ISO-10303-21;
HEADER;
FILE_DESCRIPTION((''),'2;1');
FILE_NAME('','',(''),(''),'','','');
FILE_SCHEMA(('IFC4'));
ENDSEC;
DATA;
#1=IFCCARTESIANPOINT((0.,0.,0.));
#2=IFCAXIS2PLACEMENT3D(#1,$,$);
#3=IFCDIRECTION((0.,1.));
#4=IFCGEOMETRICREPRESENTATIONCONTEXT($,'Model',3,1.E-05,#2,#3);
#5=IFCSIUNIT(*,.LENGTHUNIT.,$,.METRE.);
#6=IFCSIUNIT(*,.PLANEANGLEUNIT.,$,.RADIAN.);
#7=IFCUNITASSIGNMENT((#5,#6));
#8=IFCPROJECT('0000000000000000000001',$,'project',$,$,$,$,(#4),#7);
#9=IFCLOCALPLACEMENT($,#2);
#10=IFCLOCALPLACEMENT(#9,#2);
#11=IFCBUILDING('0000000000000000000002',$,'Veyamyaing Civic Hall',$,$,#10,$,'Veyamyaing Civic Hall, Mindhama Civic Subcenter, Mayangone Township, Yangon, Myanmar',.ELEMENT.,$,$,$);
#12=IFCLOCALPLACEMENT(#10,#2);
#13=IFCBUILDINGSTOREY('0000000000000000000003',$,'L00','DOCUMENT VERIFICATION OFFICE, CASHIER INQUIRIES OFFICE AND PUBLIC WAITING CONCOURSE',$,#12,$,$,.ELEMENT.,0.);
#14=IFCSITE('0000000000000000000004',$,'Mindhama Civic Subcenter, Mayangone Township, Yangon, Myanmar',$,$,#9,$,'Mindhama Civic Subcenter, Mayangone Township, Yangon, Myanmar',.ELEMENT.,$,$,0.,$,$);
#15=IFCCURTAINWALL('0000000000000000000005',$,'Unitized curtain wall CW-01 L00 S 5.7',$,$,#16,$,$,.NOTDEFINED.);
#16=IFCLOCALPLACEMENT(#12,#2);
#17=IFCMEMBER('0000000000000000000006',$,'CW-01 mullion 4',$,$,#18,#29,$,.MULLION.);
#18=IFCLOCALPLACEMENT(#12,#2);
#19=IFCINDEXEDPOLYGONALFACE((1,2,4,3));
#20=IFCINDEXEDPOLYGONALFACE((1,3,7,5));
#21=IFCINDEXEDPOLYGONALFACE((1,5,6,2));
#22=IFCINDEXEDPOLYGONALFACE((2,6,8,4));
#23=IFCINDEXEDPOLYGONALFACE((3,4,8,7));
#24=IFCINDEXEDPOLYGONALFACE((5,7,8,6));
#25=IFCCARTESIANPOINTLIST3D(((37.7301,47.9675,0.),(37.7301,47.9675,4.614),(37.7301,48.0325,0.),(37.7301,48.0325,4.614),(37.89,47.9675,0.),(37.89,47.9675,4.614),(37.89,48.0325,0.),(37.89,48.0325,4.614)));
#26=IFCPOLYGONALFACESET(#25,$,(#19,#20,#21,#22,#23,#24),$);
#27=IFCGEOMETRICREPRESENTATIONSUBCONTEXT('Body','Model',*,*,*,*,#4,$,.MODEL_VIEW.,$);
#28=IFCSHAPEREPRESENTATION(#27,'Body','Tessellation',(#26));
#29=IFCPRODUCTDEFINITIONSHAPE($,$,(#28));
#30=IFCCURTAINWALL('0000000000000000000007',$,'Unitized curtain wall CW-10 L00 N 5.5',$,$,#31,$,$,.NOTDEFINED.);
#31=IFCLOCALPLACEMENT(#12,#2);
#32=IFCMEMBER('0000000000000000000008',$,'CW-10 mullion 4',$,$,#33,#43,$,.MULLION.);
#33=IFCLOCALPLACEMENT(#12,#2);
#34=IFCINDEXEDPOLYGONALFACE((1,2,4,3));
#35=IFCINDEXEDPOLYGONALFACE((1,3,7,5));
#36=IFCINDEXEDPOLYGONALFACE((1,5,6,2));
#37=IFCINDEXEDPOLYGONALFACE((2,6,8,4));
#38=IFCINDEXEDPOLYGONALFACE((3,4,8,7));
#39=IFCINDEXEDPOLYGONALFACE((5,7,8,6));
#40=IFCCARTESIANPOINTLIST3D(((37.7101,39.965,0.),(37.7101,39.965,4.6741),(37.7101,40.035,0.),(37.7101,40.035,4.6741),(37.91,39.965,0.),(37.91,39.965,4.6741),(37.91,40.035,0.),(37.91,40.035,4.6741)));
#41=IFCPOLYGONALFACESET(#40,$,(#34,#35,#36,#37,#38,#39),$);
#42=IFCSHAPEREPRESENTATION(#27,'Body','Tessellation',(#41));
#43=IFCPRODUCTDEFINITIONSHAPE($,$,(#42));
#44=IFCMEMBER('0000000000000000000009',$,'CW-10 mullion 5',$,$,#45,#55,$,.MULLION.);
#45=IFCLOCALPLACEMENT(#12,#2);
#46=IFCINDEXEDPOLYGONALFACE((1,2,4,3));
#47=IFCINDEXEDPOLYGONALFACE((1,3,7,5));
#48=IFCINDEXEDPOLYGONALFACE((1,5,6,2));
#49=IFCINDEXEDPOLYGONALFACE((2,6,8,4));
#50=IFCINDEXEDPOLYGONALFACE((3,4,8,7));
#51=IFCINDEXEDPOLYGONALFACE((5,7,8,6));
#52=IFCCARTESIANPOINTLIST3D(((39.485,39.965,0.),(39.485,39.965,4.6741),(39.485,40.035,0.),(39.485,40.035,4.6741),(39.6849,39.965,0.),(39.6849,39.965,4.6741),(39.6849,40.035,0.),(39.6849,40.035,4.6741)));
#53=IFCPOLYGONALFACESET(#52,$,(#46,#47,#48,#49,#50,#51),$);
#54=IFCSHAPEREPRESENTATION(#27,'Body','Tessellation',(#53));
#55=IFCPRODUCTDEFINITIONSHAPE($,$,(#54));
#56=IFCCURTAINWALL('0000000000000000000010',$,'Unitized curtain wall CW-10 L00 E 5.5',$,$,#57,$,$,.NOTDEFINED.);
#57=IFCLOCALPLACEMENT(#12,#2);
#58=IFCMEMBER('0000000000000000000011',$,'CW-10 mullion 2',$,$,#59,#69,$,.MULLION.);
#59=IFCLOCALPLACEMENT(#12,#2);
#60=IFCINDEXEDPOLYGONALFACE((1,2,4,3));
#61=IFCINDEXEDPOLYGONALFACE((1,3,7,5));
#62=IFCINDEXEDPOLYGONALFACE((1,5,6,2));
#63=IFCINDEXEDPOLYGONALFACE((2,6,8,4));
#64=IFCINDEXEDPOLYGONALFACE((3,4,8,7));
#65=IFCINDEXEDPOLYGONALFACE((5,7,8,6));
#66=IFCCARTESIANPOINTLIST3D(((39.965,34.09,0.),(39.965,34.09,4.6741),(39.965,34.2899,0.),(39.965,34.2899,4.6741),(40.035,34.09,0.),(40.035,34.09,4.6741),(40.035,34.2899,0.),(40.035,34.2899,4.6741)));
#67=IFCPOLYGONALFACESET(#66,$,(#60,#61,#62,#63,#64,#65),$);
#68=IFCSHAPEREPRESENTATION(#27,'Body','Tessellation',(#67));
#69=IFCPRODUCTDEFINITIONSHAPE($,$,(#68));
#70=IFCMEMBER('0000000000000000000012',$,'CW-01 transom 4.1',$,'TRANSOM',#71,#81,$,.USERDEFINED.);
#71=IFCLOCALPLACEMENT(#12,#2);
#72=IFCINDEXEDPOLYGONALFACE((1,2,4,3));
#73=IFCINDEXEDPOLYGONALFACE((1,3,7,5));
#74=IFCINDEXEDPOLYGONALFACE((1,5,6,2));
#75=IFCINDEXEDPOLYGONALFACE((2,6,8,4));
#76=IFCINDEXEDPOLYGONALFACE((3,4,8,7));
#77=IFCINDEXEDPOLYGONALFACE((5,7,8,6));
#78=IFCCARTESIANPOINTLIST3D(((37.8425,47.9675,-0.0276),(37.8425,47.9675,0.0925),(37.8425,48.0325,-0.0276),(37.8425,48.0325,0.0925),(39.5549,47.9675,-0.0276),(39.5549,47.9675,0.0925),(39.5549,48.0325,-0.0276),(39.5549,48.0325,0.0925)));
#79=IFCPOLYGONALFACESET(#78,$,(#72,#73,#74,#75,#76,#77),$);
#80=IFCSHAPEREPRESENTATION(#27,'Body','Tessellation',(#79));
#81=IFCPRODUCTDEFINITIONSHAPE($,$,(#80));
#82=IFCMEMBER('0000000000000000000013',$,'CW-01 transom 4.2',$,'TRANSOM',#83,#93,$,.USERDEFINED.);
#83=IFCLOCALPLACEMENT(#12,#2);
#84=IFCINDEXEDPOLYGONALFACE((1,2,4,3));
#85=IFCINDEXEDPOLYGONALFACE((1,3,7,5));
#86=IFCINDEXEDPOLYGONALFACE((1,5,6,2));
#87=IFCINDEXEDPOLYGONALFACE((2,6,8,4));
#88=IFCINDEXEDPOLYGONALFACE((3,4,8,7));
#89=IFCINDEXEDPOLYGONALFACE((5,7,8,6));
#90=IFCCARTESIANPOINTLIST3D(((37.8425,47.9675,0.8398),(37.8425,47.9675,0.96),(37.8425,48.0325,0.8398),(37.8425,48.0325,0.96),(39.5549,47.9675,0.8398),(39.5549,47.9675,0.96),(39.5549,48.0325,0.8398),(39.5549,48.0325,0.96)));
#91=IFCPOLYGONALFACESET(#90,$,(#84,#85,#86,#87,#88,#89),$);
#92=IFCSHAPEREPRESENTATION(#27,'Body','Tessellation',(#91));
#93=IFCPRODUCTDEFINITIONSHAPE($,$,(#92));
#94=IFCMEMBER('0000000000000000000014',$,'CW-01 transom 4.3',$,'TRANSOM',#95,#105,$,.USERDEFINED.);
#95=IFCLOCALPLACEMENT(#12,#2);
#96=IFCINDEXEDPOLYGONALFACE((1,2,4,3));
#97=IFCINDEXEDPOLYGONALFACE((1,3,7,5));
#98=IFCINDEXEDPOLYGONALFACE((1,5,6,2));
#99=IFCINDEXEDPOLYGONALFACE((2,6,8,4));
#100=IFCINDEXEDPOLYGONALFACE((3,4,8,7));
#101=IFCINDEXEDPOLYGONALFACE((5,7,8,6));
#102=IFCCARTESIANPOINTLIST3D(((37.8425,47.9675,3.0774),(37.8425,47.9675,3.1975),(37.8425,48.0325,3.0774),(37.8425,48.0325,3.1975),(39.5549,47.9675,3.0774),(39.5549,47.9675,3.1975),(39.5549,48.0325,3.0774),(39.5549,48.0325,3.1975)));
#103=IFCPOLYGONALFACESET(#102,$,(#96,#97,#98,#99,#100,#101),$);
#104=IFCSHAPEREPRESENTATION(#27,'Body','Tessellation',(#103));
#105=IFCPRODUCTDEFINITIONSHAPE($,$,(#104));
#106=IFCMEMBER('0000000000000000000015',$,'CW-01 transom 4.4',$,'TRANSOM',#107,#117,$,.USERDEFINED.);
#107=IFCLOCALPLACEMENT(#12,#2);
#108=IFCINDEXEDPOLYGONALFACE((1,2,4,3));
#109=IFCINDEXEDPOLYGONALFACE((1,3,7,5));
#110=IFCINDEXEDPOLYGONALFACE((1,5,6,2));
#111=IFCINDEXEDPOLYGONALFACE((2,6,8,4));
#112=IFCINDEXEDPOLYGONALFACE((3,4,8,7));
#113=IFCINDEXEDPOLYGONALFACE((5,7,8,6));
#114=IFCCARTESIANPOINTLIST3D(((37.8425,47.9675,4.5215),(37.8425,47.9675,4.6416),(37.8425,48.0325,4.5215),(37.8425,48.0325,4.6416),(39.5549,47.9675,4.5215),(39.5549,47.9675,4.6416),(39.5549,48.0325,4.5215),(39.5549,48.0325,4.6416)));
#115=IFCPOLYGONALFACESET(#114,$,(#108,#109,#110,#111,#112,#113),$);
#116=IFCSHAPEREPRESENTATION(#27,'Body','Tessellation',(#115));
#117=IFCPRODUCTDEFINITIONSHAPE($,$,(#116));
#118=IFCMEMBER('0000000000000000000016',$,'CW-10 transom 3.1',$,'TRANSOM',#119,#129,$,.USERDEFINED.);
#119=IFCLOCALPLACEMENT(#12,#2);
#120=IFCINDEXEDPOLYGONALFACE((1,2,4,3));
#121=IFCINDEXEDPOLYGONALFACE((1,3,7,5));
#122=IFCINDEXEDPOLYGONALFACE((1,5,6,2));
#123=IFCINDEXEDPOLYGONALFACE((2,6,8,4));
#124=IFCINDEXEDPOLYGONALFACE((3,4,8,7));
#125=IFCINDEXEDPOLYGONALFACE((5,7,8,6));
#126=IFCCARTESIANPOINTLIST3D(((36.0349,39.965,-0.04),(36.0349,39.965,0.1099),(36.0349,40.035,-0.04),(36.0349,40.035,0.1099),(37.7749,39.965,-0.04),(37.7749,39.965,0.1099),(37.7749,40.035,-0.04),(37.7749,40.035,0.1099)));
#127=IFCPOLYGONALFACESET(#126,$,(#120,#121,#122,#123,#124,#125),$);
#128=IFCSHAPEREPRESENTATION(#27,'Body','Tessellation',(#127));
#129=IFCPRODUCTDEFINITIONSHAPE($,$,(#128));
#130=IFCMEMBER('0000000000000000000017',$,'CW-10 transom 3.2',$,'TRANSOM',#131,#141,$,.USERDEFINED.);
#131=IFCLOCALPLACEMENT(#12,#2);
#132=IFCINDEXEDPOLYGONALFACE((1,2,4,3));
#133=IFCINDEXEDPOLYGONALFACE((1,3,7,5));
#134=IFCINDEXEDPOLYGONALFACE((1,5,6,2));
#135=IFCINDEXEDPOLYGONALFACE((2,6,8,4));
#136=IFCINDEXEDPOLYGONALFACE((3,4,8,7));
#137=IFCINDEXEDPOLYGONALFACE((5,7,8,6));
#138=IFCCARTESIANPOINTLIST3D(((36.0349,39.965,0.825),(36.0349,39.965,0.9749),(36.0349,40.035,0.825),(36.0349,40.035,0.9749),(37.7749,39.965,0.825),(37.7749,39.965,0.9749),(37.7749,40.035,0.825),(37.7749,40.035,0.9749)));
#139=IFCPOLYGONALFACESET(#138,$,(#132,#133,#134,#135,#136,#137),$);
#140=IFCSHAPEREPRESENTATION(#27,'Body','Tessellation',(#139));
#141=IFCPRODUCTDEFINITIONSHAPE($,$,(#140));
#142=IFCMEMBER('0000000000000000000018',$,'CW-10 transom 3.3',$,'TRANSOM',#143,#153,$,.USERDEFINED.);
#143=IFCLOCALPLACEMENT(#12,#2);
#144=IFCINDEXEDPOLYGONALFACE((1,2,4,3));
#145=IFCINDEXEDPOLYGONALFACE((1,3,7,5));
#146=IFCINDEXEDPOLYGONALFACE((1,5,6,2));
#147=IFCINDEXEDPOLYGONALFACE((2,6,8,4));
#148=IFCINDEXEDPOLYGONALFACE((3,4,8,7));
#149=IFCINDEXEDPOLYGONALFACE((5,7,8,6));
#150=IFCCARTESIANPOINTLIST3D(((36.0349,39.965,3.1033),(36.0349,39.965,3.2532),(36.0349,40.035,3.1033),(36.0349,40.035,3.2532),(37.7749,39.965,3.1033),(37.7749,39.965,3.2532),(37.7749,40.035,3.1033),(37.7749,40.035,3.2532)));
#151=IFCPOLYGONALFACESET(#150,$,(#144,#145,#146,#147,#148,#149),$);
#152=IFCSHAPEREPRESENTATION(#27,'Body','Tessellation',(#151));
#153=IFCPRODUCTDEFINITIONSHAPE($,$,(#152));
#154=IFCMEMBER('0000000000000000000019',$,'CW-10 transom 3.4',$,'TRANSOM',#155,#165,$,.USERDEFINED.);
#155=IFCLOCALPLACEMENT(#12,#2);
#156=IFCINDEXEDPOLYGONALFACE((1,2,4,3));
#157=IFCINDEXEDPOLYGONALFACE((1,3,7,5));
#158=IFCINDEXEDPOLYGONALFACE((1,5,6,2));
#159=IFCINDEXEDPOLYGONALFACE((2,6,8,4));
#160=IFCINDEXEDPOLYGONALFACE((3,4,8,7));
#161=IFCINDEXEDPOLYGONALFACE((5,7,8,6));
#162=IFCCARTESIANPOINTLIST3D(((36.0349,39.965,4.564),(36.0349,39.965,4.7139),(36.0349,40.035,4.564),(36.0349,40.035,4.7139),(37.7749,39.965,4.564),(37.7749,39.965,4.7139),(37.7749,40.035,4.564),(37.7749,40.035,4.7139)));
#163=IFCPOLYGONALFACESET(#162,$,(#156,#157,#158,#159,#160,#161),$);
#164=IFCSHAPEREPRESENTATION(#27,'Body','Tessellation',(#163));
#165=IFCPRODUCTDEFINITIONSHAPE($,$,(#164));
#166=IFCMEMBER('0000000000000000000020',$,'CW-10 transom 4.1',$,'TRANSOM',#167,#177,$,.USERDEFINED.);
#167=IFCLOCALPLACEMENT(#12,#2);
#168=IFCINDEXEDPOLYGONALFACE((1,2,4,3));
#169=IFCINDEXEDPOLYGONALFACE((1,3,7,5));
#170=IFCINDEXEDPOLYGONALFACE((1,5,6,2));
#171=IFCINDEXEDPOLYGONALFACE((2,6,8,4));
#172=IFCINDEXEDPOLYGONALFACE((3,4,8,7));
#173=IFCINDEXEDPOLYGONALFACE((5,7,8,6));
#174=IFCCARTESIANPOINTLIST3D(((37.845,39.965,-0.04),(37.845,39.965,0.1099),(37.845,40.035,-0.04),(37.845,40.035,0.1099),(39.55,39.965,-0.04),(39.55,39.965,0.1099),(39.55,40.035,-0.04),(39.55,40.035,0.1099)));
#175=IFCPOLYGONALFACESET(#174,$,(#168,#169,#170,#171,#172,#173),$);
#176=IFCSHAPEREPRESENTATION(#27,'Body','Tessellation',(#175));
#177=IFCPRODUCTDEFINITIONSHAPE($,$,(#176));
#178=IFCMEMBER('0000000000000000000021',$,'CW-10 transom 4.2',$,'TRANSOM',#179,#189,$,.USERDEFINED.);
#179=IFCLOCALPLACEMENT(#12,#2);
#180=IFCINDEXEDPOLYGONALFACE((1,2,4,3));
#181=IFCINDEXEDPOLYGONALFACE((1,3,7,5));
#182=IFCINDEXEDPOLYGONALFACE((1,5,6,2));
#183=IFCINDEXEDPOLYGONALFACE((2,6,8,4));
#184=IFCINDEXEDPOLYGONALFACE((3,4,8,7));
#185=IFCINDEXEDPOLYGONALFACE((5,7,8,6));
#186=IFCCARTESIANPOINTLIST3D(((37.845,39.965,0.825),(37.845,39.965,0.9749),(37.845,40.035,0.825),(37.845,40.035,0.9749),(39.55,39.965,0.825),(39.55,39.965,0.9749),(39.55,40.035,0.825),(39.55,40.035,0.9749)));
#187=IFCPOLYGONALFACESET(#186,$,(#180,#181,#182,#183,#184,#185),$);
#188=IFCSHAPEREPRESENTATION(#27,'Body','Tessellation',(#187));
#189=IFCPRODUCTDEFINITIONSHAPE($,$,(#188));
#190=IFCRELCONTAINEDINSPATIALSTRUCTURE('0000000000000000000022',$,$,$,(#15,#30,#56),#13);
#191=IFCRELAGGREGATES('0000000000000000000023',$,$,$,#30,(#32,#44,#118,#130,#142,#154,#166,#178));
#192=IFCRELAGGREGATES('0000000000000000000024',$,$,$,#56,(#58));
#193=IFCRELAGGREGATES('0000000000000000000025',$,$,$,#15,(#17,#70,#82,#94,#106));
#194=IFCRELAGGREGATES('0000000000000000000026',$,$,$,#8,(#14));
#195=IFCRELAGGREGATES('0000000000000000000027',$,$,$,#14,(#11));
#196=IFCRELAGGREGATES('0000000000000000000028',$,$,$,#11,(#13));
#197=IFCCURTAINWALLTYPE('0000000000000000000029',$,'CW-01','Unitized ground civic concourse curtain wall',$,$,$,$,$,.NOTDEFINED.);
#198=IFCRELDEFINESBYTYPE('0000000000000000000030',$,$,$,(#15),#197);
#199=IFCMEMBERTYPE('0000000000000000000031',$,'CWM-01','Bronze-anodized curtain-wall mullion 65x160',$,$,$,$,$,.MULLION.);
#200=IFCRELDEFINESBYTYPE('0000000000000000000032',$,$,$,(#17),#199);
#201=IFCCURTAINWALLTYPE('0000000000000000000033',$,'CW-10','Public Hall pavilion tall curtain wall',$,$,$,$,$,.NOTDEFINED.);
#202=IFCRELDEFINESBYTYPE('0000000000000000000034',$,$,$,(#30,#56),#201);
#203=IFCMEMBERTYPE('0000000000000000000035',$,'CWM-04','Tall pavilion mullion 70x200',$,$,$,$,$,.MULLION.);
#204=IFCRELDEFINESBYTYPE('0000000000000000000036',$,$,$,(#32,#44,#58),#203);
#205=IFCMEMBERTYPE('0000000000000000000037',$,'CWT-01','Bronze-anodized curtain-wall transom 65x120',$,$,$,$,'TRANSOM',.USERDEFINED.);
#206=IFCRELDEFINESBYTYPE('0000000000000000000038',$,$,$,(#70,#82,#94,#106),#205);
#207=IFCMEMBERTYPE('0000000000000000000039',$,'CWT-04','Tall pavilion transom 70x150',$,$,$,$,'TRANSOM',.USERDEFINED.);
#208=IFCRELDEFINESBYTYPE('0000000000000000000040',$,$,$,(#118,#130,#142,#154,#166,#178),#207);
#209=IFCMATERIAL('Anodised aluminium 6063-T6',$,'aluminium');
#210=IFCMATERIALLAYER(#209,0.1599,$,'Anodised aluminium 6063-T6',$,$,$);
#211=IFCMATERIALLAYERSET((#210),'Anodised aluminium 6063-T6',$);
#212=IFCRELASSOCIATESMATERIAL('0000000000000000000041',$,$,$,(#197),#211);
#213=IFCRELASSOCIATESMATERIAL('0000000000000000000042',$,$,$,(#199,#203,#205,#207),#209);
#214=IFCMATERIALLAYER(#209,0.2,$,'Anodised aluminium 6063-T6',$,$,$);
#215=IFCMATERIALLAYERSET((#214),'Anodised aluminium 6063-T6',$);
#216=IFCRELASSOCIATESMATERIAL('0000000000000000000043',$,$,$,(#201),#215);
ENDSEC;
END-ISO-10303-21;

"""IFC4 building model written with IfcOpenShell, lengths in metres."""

from ifc_helpers import new_model, si_unit, direction, frame, origin, origin_2d, place, context, subcontext, project, spatial, rectangle, extrude, material, layer, layer_set, material_profile, profile_set, type_object, element, aggregate, save


model = new_model("IFC4")

# Units and contexts
model_context = context("Model", 3, precision=1e-05, world=origin(), true_north=direction((0.0, 1.0)))
body_context = subcontext(model_context, "Body", "Model", "MODEL_VIEW")
ifc_project = project(units=[si_unit("LENGTHUNIT", "METRE"), si_unit("PLANEANGLEUNIT", "RADIAN")], contexts=[model_context])

# Site, building, storey
site_placement = place(None, origin())
site = spatial("IfcSite", under=ifc_project, at=site_placement, Name="Mindhama Civic Subcenter, Mayangone Township, Yangon, Myanmar", LongName="Mindhama Civic Subcenter, Mayangone Township, Yangon, Myanmar", CompositionType="ELEMENT", RefElevation=0.0)
building_placement = place(site_placement, origin())
building = spatial("IfcBuilding", under=site, at=building_placement, Name="Veyamyaing Civic Hall", LongName="Veyamyaing Civic Hall, Mindhama Civic Subcenter, Mayangone Township, Yangon, Myanmar", CompositionType="ELEMENT")
storey_placement = place(building_placement, origin())
storey = spatial("IfcBuildingStorey", under=building, at=storey_placement, Name="L00", Description="DOCUMENT VERIFICATION OFFICE, CASHIER INQUIRIES OFFICE AND PUBLIC WAITING CONCOURSE", CompositionType="ELEMENT", Elevation=0.0)

# Curtain wall, member
ifc_material_1 = material(Name="Anodised aluminium 6063-T6", Category="aluminium")
ifc_layer_1 = layer(ifc_material_1, 0.1599, Name="Anodised aluminium 6063-T6")
ifc_layer_set_1 = layer_set([ifc_layer_1], Name="Anodised aluminium 6063-T6")
curtain_wall_type_1 = type_object("IfcCurtainWallType", Name="CW-01", Description="Unitized ground civic concourse curtain wall", PredefinedType="NOTDEFINED", material=ifc_layer_set_1)
curtain_wall_1_placement = place(storey_placement, origin())
curtain_wall_1 = element("IfcCurtainWall", 1, at=curtain_wall_1_placement, inside=storey, type_object=curtain_wall_type_1, Name="Unitized curtain wall CW-01 L00 S 5.7", PredefinedType="NOTDEFINED")
ifc_material_profile_1 = material_profile(ifc_material_1, rectangle(XDim=0.0649, YDim=0.1599, at=origin_2d()), Name="ALU-MUL-65X160")
ifc_profile_set_1 = profile_set([ifc_material_profile_1], Name="Anodised aluminium 6063-T6")
member_type_1 = type_object("IfcMemberType", Name="CWM-01", Description="Bronze-anodized curtain-wall mullion 65x160", PredefinedType="MULLION", material=ifc_profile_set_1)
member_1_placement = place(storey_placement, frame((37.8101, 48.0, 0.0), z_axis=(0.0, 0.0, 1.0), x_axis=(0.0, 1.0, 0.0)))
member_1 = element("IfcMember", 2, at=member_1_placement, type_object=member_type_1, Name="CW-01 mullion 4", PredefinedType="MULLION", context=body_context, shape_type="SweptSolid", body=[
    extrude(rectangle(XDim=0.0649, YDim=0.1599, at=origin_2d()), origin(), (0.0, 0.0, 1.0), 4.614),
])

# Curtain wall, members
ifc_layer_2 = layer(ifc_material_1, 0.2, Name="Anodised aluminium 6063-T6")
ifc_layer_set_2 = layer_set([ifc_layer_2], Name="Anodised aluminium 6063-T6")
curtain_wall_type_2 = type_object("IfcCurtainWallType", Name="CW-10", Description="Public Hall pavilion tall curtain wall", PredefinedType="NOTDEFINED", material=ifc_layer_set_2)
curtain_wall_2_placement = place(storey_placement, origin())
curtain_wall_2 = element("IfcCurtainWall", 3, at=curtain_wall_2_placement, inside=storey, type_object=curtain_wall_type_2, Name="Unitized curtain wall CW-10 L00 N 5.5", PredefinedType="NOTDEFINED")
ifc_material_profile_2 = material_profile(ifc_material_1, rectangle(XDim=0.0701, YDim=0.2, at=origin_2d()), Name="ALU-MUL-70X200")
ifc_profile_set_2 = profile_set([ifc_material_profile_2], Name="Anodised aluminium 6063-T6")
member_type_2 = type_object("IfcMemberType", Name="CWM-04", Description="Tall pavilion mullion 70x200", PredefinedType="MULLION", material=ifc_profile_set_2)
member_2_placement = place(storey_placement, frame((37.8101, 40.0, 0.0), z_axis=(0.0, 0.0, 1.0), x_axis=(0.0, 1.0, 0.0)))
member_2 = element("IfcMember", 4, at=member_2_placement, type_object=member_type_2, Name="CW-10 mullion 4", PredefinedType="MULLION", context=body_context, shape_type="SweptSolid", body=[
    extrude(rectangle(XDim=0.0701, YDim=0.2, at=origin_2d()), origin(), (0.0, 0.0, 1.0), 4.6741),
])
member_3_placement = place(storey_placement, frame((39.585, 40.0, 0.0), z_axis=(0.0, 0.0, 1.0), x_axis=(0.0, 1.0, 0.0)))
member_3 = element("IfcMember", 5, at=member_3_placement, type_object=member_type_2, Name="CW-10 mullion 5", PredefinedType="MULLION", context=body_context, shape_type="SweptSolid", body=[
    extrude(rectangle(XDim=0.0701, YDim=0.2, at=origin_2d()), origin(), (0.0, 0.0, 1.0), 4.6741),
])

# Curtain wall, member
curtain_wall_3_placement = place(storey_placement, origin())
curtain_wall_3 = element("IfcCurtainWall", 6, at=curtain_wall_3_placement, inside=storey, type_object=curtain_wall_type_2, Name="Unitized curtain wall CW-10 L00 E 5.5", PredefinedType="NOTDEFINED")
member_4_placement = place(storey_placement, frame((40.0, 34.1899, 0.0), z_axis=(0.0, 0.0, 1.0), x_axis=(-1.0, 0.0, 0.0)))
member_4 = element("IfcMember", 7, at=member_4_placement, type_object=member_type_2, Name="CW-10 mullion 2", PredefinedType="MULLION", context=body_context, shape_type="SweptSolid", body=[
    extrude(rectangle(XDim=0.0701, YDim=0.2, at=origin_2d()), origin(), (0.0, 0.0, 1.0), 4.6741),
])

# Members
ifc_material_profile_3 = material_profile(ifc_material_1, rectangle(XDim=0.0649, YDim=0.1201, at=origin_2d()), Name="ALU-TRN-65X120")
ifc_profile_set_3 = profile_set([ifc_material_profile_3], Name="Anodised aluminium 6063-T6")
member_type_3 = type_object("IfcMemberType", Name="CWT-01", Description="Bronze-anodized curtain-wall transom 65x120", ElementType="TRANSOM", PredefinedType="USERDEFINED", material=ifc_profile_set_3)
member_5_placement = place(storey_placement, frame((37.8425, 48.0, 0.0325), z_axis=(1.0, 0.0, 0.0), x_axis=(0.0, 1.0, 0.0)))
member_5 = element("IfcMember", 8, at=member_5_placement, type_object=member_type_3, Name="CW-01 transom 4.1", ObjectType="TRANSOM", PredefinedType="USERDEFINED", context=body_context, shape_type="SweptSolid", body=[
    extrude(rectangle(XDim=0.0649, YDim=0.1201, at=origin_2d()), origin(), (0.0, 0.0, 1.0), 1.7124),
])
member_6_placement = place(storey_placement, frame((37.8425, 48.0, 0.8999), z_axis=(1.0, 0.0, 0.0), x_axis=(0.0, 1.0, 0.0)))
member_6 = element("IfcMember", 9, at=member_6_placement, type_object=member_type_3, Name="CW-01 transom 4.2", ObjectType="TRANSOM", PredefinedType="USERDEFINED", context=body_context, shape_type="SweptSolid", body=[
    extrude(rectangle(XDim=0.0649, YDim=0.1201, at=origin_2d()), origin(), (0.0, 0.0, 1.0), 1.7124),
])
member_7_placement = place(storey_placement, frame((37.8425, 48.0, 3.1375), z_axis=(1.0, 0.0, 0.0), x_axis=(0.0, 1.0, 0.0)))
member_7 = element("IfcMember", 10, at=member_7_placement, type_object=member_type_3, Name="CW-01 transom 4.3", ObjectType="TRANSOM", PredefinedType="USERDEFINED", context=body_context, shape_type="SweptSolid", body=[
    extrude(rectangle(XDim=0.0649, YDim=0.1201, at=origin_2d()), origin(), (0.0, 0.0, 1.0), 1.7124),
])
member_8_placement = place(storey_placement, frame((37.8425, 48.0, 4.5815), z_axis=(1.0, 0.0, 0.0), x_axis=(0.0, 1.0, 0.0)))
member_8 = element("IfcMember", 11, at=member_8_placement, type_object=member_type_3, Name="CW-01 transom 4.4", ObjectType="TRANSOM", PredefinedType="USERDEFINED", context=body_context, shape_type="SweptSolid", body=[
    extrude(rectangle(XDim=0.0649, YDim=0.1201, at=origin_2d()), origin(), (0.0, 0.0, 1.0), 1.7124),
])
ifc_material_profile_4 = material_profile(ifc_material_1, rectangle(XDim=0.0701, YDim=0.1499, at=origin_2d()), Name="ALU-TRN-70X150")
ifc_profile_set_4 = profile_set([ifc_material_profile_4], Name="Anodised aluminium 6063-T6")
member_type_4 = type_object("IfcMemberType", Name="CWT-04", Description="Tall pavilion transom 70x150", ElementType="TRANSOM", PredefinedType="USERDEFINED", material=ifc_profile_set_4)
member_9_placement = place(storey_placement, frame((36.0349, 40.0, 0.0349), z_axis=(1.0, 0.0, 0.0), x_axis=(0.0, 1.0, 0.0)))
member_9 = element("IfcMember", 12, at=member_9_placement, type_object=member_type_4, Name="CW-10 transom 3.1", ObjectType="TRANSOM", PredefinedType="USERDEFINED", context=body_context, shape_type="SweptSolid", body=[
    extrude(rectangle(XDim=0.0701, YDim=0.1499, at=origin_2d()), origin(), (0.0, 0.0, 1.0), 1.74),
])
member_10_placement = place(storey_placement, frame((36.0349, 40.0, 0.8999), z_axis=(1.0, 0.0, 0.0), x_axis=(0.0, 1.0, 0.0)))
member_10 = element("IfcMember", 13, at=member_10_placement, type_object=member_type_4, Name="CW-10 transom 3.2", ObjectType="TRANSOM", PredefinedType="USERDEFINED", context=body_context, shape_type="SweptSolid", body=[
    extrude(rectangle(XDim=0.0701, YDim=0.1499, at=origin_2d()), origin(), (0.0, 0.0, 1.0), 1.74),
])
member_11_placement = place(storey_placement, frame((36.0349, 40.0, 3.1782), z_axis=(1.0, 0.0, 0.0), x_axis=(0.0, 1.0, 0.0)))
member_11 = element("IfcMember", 14, at=member_11_placement, type_object=member_type_4, Name="CW-10 transom 3.3", ObjectType="TRANSOM", PredefinedType="USERDEFINED", context=body_context, shape_type="SweptSolid", body=[
    extrude(rectangle(XDim=0.0701, YDim=0.1499, at=origin_2d()), origin(), (0.0, 0.0, 1.0), 1.74),
])
member_12_placement = place(storey_placement, frame((36.0349, 40.0, 4.6389), z_axis=(1.0, 0.0, 0.0), x_axis=(0.0, 1.0, 0.0)))
member_12 = element("IfcMember", 15, at=member_12_placement, type_object=member_type_4, Name="CW-10 transom 3.4", ObjectType="TRANSOM", PredefinedType="USERDEFINED", context=body_context, shape_type="SweptSolid", body=[
    extrude(rectangle(XDim=0.0701, YDim=0.1499, at=origin_2d()), origin(), (0.0, 0.0, 1.0), 1.74),
])
member_13_placement = place(storey_placement, frame((37.845, 40.0, 0.0349), z_axis=(1.0, 0.0, 0.0), x_axis=(0.0, 1.0, 0.0)))
member_13 = element("IfcMember", 16, at=member_13_placement, type_object=member_type_4, Name="CW-10 transom 4.1", ObjectType="TRANSOM", PredefinedType="USERDEFINED", context=body_context, shape_type="SweptSolid", body=[
    extrude(rectangle(XDim=0.0701, YDim=0.1499, at=origin_2d()), origin(), (0.0, 0.0, 1.0), 1.7051),
])
member_14_placement = place(storey_placement, frame((37.845, 40.0, 0.8999), z_axis=(1.0, 0.0, 0.0), x_axis=(0.0, 1.0, 0.0)))
member_14 = element("IfcMember", 17, at=member_14_placement, type_object=member_type_4, Name="CW-10 transom 4.2", ObjectType="TRANSOM", PredefinedType="USERDEFINED", context=body_context, shape_type="SweptSolid", body=[
    extrude(rectangle(XDim=0.0701, YDim=0.1499, at=origin_2d()), origin(), (0.0, 0.0, 1.0), 1.7051),
])

aggregate(curtain_wall_2, [member_2, member_3, member_9, member_10, member_11, member_12, member_13, member_14])
aggregate(curtain_wall_3, [member_4])
aggregate(curtain_wall_1, [member_1, member_5, member_6, member_7, member_8])

save(model, "model.ifc")
